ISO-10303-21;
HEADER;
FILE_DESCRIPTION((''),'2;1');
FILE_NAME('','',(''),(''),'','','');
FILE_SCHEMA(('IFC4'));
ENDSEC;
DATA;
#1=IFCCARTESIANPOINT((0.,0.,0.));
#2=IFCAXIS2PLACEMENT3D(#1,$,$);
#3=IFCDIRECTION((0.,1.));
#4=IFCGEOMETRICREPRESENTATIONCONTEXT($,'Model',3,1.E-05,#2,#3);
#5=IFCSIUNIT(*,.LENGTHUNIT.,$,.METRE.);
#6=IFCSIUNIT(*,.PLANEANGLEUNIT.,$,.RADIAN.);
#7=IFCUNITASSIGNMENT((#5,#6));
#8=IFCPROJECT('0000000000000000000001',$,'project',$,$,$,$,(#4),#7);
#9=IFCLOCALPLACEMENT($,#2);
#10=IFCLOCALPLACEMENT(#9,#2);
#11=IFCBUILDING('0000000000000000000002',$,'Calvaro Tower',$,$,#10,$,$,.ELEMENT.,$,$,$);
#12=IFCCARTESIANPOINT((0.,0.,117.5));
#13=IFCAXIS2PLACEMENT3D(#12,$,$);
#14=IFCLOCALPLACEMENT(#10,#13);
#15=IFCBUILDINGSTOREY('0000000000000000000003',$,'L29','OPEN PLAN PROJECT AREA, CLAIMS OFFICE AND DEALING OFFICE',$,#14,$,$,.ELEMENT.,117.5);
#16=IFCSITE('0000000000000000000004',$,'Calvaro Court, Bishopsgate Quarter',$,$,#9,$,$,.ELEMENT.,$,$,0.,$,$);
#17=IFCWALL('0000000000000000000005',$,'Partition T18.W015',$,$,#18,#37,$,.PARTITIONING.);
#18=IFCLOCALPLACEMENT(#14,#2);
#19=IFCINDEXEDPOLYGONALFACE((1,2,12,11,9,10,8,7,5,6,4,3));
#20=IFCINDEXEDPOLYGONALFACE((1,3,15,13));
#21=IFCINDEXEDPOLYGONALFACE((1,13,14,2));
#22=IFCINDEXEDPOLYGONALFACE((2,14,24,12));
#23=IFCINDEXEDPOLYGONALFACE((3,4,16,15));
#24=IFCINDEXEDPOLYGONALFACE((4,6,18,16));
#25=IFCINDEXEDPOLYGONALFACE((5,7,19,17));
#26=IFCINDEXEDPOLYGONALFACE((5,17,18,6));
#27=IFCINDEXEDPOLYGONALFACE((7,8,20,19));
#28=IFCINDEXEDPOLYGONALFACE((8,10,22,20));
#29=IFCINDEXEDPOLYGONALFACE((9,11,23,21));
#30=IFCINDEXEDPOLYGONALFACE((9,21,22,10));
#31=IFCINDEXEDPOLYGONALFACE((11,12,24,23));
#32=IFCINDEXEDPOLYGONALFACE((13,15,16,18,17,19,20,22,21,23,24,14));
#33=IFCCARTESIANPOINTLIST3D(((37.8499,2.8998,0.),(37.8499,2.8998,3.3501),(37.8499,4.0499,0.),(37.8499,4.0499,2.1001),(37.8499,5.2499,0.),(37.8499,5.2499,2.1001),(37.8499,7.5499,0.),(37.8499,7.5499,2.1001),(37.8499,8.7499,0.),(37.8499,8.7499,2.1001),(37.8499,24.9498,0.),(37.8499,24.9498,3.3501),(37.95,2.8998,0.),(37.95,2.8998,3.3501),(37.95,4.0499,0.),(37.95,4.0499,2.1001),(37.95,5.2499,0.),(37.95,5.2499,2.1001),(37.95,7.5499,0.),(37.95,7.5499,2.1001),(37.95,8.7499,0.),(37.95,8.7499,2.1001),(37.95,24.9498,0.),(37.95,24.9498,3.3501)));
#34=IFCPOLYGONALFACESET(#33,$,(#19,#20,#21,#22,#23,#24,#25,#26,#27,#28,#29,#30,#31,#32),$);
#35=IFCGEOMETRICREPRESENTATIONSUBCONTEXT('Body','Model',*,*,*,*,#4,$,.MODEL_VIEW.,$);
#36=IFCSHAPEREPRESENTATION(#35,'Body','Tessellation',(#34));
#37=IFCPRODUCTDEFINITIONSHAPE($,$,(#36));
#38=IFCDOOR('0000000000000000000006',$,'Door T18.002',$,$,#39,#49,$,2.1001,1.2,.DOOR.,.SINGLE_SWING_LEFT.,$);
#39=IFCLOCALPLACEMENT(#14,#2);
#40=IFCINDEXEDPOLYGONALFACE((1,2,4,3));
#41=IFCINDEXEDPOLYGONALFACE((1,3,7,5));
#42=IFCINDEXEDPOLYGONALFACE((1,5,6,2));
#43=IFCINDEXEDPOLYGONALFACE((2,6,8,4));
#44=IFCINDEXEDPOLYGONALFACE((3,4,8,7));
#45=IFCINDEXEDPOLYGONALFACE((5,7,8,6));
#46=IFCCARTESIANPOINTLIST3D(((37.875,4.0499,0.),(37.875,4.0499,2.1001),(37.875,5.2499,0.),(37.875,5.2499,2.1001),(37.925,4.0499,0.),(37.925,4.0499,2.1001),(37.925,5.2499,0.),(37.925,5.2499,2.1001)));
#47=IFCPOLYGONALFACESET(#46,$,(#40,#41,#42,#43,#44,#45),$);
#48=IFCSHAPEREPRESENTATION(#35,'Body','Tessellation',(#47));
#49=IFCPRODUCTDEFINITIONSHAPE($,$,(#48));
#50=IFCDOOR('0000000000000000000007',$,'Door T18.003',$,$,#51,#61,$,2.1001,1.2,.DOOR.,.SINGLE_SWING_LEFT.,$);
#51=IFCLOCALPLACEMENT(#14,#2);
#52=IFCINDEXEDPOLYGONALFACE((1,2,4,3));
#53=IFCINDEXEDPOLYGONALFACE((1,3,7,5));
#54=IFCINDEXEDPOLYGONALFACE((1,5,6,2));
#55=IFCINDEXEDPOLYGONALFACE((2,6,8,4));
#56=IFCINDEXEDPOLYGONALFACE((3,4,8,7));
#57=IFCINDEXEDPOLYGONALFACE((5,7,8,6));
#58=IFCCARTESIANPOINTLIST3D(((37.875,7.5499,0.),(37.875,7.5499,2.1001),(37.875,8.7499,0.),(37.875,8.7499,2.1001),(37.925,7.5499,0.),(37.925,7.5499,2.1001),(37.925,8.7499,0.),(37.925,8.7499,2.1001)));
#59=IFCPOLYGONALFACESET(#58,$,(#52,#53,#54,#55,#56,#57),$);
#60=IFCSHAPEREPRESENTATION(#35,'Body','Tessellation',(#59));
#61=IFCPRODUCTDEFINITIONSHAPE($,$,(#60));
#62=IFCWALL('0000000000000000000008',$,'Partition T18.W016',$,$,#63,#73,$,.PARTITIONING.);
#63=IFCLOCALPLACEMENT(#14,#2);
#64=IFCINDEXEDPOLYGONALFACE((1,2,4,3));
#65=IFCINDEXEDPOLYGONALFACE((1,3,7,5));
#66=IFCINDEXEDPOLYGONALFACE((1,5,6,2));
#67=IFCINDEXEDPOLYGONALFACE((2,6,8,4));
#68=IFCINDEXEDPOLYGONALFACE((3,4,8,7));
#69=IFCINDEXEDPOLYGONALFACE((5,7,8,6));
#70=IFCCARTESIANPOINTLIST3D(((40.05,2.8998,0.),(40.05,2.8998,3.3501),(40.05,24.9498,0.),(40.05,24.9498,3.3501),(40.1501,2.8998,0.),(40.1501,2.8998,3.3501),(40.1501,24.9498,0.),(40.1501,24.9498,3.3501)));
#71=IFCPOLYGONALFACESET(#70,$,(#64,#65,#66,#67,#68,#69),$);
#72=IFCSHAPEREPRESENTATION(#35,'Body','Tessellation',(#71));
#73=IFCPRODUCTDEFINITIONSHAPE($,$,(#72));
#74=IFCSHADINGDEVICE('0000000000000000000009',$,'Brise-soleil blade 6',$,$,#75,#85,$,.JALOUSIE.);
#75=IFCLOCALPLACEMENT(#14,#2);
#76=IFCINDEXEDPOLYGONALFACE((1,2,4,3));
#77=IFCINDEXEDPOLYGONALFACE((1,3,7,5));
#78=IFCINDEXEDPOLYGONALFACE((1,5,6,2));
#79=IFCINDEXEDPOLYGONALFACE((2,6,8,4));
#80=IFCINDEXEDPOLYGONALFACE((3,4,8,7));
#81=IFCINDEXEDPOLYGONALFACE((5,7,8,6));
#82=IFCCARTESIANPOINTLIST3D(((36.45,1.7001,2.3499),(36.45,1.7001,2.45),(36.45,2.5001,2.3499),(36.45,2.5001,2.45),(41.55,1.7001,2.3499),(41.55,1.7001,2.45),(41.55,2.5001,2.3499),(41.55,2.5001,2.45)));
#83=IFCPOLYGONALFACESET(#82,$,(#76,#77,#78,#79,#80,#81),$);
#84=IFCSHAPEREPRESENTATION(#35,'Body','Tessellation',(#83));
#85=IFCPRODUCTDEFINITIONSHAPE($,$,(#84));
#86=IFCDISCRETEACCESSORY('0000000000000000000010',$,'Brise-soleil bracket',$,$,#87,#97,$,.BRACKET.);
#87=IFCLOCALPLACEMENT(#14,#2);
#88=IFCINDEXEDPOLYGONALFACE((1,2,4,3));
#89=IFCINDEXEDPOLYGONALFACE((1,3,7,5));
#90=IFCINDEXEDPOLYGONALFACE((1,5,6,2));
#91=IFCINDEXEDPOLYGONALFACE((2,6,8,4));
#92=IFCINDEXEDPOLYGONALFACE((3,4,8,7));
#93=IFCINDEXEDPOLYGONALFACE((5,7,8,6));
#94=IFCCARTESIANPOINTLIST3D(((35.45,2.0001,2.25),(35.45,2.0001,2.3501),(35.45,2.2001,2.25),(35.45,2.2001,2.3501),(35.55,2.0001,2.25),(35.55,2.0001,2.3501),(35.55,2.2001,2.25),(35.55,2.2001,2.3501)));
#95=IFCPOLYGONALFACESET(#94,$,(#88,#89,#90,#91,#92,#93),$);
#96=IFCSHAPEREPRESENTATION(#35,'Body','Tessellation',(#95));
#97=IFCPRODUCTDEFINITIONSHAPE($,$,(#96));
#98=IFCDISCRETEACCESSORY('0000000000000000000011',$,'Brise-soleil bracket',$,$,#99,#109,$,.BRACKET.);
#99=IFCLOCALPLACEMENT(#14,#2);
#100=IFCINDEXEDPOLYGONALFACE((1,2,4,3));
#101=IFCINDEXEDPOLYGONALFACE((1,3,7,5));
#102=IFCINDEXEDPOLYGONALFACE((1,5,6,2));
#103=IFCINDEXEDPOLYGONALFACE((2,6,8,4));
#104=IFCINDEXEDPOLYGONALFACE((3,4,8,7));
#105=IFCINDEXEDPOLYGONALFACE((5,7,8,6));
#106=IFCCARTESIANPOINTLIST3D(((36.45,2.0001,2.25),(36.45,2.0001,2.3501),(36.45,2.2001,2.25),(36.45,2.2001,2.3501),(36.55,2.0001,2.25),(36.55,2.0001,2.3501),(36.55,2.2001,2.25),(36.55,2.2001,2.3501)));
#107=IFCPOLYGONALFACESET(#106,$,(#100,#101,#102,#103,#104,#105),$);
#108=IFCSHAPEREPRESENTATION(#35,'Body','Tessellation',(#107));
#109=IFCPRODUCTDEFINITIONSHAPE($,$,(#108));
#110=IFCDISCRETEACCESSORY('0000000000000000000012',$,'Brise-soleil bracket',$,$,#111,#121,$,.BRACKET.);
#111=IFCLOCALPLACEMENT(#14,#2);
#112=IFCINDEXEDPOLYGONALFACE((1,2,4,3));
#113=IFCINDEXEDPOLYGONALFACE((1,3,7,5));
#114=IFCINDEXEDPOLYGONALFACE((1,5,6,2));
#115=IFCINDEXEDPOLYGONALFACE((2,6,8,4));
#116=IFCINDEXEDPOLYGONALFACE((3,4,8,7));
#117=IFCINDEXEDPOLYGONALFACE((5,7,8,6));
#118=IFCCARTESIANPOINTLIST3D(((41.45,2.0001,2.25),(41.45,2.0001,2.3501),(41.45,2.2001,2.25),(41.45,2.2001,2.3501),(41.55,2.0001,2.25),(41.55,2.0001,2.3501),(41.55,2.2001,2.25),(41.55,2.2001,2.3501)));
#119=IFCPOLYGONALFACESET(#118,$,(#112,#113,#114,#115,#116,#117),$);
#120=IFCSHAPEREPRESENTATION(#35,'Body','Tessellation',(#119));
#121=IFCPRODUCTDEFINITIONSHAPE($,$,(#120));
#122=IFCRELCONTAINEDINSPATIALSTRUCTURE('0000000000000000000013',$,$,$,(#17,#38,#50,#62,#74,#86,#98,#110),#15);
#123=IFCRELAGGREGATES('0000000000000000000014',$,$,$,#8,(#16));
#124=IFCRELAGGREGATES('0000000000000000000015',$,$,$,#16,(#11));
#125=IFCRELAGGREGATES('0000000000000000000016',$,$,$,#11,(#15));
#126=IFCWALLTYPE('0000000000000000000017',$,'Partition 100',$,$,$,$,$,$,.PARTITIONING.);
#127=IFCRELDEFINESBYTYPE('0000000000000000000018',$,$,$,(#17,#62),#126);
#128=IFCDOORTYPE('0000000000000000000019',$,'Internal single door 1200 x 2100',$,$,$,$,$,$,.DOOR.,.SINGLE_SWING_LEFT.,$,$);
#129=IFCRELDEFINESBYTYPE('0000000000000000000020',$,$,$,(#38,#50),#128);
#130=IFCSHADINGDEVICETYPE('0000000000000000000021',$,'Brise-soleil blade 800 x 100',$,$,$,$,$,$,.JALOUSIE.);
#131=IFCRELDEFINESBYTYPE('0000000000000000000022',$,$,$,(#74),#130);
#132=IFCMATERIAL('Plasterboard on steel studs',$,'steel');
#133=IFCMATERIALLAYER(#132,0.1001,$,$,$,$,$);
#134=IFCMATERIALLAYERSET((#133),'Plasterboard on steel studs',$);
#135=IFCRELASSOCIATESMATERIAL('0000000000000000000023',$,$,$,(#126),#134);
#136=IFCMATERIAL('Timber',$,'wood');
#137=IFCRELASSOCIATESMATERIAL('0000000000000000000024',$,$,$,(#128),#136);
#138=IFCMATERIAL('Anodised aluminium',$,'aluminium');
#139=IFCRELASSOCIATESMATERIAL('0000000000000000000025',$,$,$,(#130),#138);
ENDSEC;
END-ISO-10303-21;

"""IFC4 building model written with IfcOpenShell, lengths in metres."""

from ifc_helpers import new_model, si_unit, direction, frame, frame_2d, origin, origin_2d, place, context, subcontext, project, spatial, rectangle, extrude, material, layer, layer_set, material_profile, profile_set, type_object, element, fill, save


model = new_model("IFC4")

# Units and contexts
model_context = context("Model", 3, precision=1e-05, world=origin(), true_north=direction((0.0, 1.0)))
body_context = subcontext(model_context, "Body", "Model", "MODEL_VIEW")
ifc_project = project(units=[si_unit("LENGTHUNIT", "METRE"), si_unit("PLANEANGLEUNIT", "RADIAN")], contexts=[model_context])

# Site, building, storey
site_placement = place(None, origin())
site = spatial("IfcSite", under=ifc_project, at=site_placement, Name="Calvaro Court, Bishopsgate Quarter", CompositionType="ELEMENT", RefElevation=0.0)
building_placement = place(site_placement, origin())
building = spatial("IfcBuilding", under=site, at=building_placement, Name="Calvaro Tower", CompositionType="ELEMENT")
storey_placement = place(building_placement, frame((0.0, 0.0, 117.5)))
storey = spatial("IfcBuildingStorey", under=building, at=storey_placement, Name="L29", Description="OPEN PLAN PROJECT AREA, CLAIMS OFFICE AND DEALING OFFICE", CompositionType="ELEMENT", Elevation=117.5)

# Wall, openings, doors
ifc_material_1 = material(Name="Plasterboard on steel studs", Category="steel")
ifc_layer_1 = layer(ifc_material_1, 0.1001)
ifc_layer_set_1 = layer_set([ifc_layer_1], Name="Plasterboard on steel studs")
wall_type = type_object("IfcWallType", Name="Partition 100", PredefinedType="PARTITIONING", material=ifc_layer_set_1)
wall_1_placement = place(storey_placement, frame((37.8999, 2.8999, 0.0), z_axis=(0.0, 0.0, 1.0), x_axis=(0.0, 1.0, 0.0)))
wall_1 = element("IfcWall", 1, at=wall_1_placement, inside=storey, type_object=wall_type, Name="Partition T18.W015", PredefinedType="PARTITIONING", context=body_context, shape_type="SweptSolid", body=[
    extrude(rectangle(XDim=22.05, YDim=0.1001, at=frame_2d((11.0249, 0.0))), origin(), (0.0, 0.0, 1.0), 3.3501),
])
opening_1_placement = place(wall_1_placement, frame((1.1499, 0.0, 0.0)))
opening_1 = element("IfcOpeningElement", 2, at=opening_1_placement, cuts=wall_1, PredefinedType="OPENING", context=body_context, shape_type="SweptSolid", body=[
    extrude(rectangle(XDim=1.2, YDim=2.1001, at=frame_2d((0.6001, 1.05))), frame((0.0, 0.0601, 0.0), z_axis=(0.0, -1.0, 0.0), x_axis=(1.0, 0.0, 0.0)), (0.0, 0.0, 1.0), 0.1201),
])
opening_2_placement = place(wall_1_placement, frame((4.6499, 0.0, 0.0)))
opening_2 = element("IfcOpeningElement", 3, at=opening_2_placement, cuts=wall_1, PredefinedType="OPENING", context=body_context, shape_type="SweptSolid", body=[
    extrude(rectangle(XDim=1.2, YDim=2.1001, at=frame_2d((0.6001, 1.05))), frame((0.0, 0.0601, 0.0), z_axis=(0.0, -1.0, 0.0), x_axis=(1.0, 0.0, 0.0)), (0.0, 0.0, 1.0), 0.1201),
])
ifc_material_2 = material(Name="Timber", Category="wood")
door_type = type_object("IfcDoorType", Name="Internal single door 1200 x 2100", OperationType="SINGLE_SWING_LEFT", PredefinedType="DOOR", material=ifc_material_2)
door_1_placement = place(opening_1_placement, origin())
door_1 = element("IfcDoor", 4, at=door_1_placement, inside=storey, type_object=door_type, Name="Door T18.002", OperationType="SINGLE_SWING_LEFT", OverallHeight=2.1001, OverallWidth=1.2, PredefinedType="DOOR", context=body_context, shape_type="SweptSolid", body=[
    extrude(rectangle(XDim=1.2, YDim=2.1001, at=frame_2d((0.6001, 1.05))), frame((0.0, 0.0249, 0.0), z_axis=(0.0, -1.0, 0.0), x_axis=(1.0, 0.0, 0.0)), (0.0, 0.0, 1.0), 0.05),
])
fill(opening_1, door_1)
door_2_placement = place(opening_2_placement, origin())
door_2 = element("IfcDoor", 5, at=door_2_placement, inside=storey, type_object=door_type, Name="Door T18.003", OperationType="SINGLE_SWING_LEFT", OverallHeight=2.1001, OverallWidth=1.2, PredefinedType="DOOR", context=body_context, shape_type="SweptSolid", body=[
    extrude(rectangle(XDim=1.2, YDim=2.1001, at=frame_2d((0.6001, 1.05))), frame((0.0, 0.0249, 0.0), z_axis=(0.0, -1.0, 0.0), x_axis=(1.0, 0.0, 0.0)), (0.0, 0.0, 1.0), 0.05),
])
fill(opening_2, door_2)

# Wall
wall_2_placement = place(storey_placement, frame((40.1001, 2.8999, 0.0), z_axis=(0.0, 0.0, 1.0), x_axis=(0.0, 1.0, 0.0)))
element("IfcWall", 6, at=wall_2_placement, inside=storey, type_object=wall_type, Name="Partition T18.W016", PredefinedType="PARTITIONING", context=body_context, shape_type="SweptSolid", body=[
    extrude(rectangle(XDim=22.05, YDim=0.1001, at=frame_2d((11.0249, 0.0))), origin(), (0.0, 0.0, 1.0), 3.3501),
])

# Shading device
ifc_material_3 = material(Name="Anodised aluminium", Category="aluminium")
ifc_material_profile_1 = material_profile(ifc_material_3, rectangle(XDim=0.8, YDim=0.1001, at=origin_2d()), Name="Brise-soleil blade 800 x 100")
ifc_profile_set_1 = profile_set([ifc_material_profile_1], Name="Anodised aluminium")
shading_device_type = type_object("IfcShadingDeviceType", Name="Brise-soleil blade 800 x 100", PredefinedType="JALOUSIE", material=ifc_profile_set_1)
shading_device_placement = place(storey_placement, frame((36.45, 2.1001, 2.3999), z_axis=(1.0, 0.0, 0.0), x_axis=(0.0, 1.0, 0.0)))
element("IfcShadingDevice", 7, at=shading_device_placement, inside=storey, type_object=shading_device_type, Name="Brise-soleil blade 6", PredefinedType="JALOUSIE", context=body_context, shape_type="SweptSolid", body=[
    extrude(rectangle(XDim=0.8, YDim=0.1001, at=origin_2d()), origin(), (0.0, 0.0, 1.0), 5.1001),
])

# Discrete accessories
for number, where, z_axis, x_axis, name in (
    (8, (35.5, 2.1001, 2.25), (0.0, 0.0, 1.0), (1.0, 0.0, 0.0), "Brise-soleil bracket"),
    (9, (36.5, 2.1001, 2.25), (0.0, 0.0, 1.0), (1.0, 0.0, 0.0), "Brise-soleil bracket"),
    (10, (41.5, 2.1001, 2.25), (0.0, 0.0, 1.0), (1.0, 0.0, 0.0), "Brise-soleil bracket"),
):
    element("IfcDiscreteAccessory", number, at=place(storey_placement, frame(where, z_axis=z_axis, x_axis=x_axis)), inside=storey, Name=name, PredefinedType="BRACKET", context=body_context, shape_type="SweptSolid", body=[
        extrude(rectangle(XDim=0.1001, YDim=0.2, at=origin_2d()), origin(), (0.0, 0.0, 1.0), 0.1001),
    ])

save(model, "model.ifc")
